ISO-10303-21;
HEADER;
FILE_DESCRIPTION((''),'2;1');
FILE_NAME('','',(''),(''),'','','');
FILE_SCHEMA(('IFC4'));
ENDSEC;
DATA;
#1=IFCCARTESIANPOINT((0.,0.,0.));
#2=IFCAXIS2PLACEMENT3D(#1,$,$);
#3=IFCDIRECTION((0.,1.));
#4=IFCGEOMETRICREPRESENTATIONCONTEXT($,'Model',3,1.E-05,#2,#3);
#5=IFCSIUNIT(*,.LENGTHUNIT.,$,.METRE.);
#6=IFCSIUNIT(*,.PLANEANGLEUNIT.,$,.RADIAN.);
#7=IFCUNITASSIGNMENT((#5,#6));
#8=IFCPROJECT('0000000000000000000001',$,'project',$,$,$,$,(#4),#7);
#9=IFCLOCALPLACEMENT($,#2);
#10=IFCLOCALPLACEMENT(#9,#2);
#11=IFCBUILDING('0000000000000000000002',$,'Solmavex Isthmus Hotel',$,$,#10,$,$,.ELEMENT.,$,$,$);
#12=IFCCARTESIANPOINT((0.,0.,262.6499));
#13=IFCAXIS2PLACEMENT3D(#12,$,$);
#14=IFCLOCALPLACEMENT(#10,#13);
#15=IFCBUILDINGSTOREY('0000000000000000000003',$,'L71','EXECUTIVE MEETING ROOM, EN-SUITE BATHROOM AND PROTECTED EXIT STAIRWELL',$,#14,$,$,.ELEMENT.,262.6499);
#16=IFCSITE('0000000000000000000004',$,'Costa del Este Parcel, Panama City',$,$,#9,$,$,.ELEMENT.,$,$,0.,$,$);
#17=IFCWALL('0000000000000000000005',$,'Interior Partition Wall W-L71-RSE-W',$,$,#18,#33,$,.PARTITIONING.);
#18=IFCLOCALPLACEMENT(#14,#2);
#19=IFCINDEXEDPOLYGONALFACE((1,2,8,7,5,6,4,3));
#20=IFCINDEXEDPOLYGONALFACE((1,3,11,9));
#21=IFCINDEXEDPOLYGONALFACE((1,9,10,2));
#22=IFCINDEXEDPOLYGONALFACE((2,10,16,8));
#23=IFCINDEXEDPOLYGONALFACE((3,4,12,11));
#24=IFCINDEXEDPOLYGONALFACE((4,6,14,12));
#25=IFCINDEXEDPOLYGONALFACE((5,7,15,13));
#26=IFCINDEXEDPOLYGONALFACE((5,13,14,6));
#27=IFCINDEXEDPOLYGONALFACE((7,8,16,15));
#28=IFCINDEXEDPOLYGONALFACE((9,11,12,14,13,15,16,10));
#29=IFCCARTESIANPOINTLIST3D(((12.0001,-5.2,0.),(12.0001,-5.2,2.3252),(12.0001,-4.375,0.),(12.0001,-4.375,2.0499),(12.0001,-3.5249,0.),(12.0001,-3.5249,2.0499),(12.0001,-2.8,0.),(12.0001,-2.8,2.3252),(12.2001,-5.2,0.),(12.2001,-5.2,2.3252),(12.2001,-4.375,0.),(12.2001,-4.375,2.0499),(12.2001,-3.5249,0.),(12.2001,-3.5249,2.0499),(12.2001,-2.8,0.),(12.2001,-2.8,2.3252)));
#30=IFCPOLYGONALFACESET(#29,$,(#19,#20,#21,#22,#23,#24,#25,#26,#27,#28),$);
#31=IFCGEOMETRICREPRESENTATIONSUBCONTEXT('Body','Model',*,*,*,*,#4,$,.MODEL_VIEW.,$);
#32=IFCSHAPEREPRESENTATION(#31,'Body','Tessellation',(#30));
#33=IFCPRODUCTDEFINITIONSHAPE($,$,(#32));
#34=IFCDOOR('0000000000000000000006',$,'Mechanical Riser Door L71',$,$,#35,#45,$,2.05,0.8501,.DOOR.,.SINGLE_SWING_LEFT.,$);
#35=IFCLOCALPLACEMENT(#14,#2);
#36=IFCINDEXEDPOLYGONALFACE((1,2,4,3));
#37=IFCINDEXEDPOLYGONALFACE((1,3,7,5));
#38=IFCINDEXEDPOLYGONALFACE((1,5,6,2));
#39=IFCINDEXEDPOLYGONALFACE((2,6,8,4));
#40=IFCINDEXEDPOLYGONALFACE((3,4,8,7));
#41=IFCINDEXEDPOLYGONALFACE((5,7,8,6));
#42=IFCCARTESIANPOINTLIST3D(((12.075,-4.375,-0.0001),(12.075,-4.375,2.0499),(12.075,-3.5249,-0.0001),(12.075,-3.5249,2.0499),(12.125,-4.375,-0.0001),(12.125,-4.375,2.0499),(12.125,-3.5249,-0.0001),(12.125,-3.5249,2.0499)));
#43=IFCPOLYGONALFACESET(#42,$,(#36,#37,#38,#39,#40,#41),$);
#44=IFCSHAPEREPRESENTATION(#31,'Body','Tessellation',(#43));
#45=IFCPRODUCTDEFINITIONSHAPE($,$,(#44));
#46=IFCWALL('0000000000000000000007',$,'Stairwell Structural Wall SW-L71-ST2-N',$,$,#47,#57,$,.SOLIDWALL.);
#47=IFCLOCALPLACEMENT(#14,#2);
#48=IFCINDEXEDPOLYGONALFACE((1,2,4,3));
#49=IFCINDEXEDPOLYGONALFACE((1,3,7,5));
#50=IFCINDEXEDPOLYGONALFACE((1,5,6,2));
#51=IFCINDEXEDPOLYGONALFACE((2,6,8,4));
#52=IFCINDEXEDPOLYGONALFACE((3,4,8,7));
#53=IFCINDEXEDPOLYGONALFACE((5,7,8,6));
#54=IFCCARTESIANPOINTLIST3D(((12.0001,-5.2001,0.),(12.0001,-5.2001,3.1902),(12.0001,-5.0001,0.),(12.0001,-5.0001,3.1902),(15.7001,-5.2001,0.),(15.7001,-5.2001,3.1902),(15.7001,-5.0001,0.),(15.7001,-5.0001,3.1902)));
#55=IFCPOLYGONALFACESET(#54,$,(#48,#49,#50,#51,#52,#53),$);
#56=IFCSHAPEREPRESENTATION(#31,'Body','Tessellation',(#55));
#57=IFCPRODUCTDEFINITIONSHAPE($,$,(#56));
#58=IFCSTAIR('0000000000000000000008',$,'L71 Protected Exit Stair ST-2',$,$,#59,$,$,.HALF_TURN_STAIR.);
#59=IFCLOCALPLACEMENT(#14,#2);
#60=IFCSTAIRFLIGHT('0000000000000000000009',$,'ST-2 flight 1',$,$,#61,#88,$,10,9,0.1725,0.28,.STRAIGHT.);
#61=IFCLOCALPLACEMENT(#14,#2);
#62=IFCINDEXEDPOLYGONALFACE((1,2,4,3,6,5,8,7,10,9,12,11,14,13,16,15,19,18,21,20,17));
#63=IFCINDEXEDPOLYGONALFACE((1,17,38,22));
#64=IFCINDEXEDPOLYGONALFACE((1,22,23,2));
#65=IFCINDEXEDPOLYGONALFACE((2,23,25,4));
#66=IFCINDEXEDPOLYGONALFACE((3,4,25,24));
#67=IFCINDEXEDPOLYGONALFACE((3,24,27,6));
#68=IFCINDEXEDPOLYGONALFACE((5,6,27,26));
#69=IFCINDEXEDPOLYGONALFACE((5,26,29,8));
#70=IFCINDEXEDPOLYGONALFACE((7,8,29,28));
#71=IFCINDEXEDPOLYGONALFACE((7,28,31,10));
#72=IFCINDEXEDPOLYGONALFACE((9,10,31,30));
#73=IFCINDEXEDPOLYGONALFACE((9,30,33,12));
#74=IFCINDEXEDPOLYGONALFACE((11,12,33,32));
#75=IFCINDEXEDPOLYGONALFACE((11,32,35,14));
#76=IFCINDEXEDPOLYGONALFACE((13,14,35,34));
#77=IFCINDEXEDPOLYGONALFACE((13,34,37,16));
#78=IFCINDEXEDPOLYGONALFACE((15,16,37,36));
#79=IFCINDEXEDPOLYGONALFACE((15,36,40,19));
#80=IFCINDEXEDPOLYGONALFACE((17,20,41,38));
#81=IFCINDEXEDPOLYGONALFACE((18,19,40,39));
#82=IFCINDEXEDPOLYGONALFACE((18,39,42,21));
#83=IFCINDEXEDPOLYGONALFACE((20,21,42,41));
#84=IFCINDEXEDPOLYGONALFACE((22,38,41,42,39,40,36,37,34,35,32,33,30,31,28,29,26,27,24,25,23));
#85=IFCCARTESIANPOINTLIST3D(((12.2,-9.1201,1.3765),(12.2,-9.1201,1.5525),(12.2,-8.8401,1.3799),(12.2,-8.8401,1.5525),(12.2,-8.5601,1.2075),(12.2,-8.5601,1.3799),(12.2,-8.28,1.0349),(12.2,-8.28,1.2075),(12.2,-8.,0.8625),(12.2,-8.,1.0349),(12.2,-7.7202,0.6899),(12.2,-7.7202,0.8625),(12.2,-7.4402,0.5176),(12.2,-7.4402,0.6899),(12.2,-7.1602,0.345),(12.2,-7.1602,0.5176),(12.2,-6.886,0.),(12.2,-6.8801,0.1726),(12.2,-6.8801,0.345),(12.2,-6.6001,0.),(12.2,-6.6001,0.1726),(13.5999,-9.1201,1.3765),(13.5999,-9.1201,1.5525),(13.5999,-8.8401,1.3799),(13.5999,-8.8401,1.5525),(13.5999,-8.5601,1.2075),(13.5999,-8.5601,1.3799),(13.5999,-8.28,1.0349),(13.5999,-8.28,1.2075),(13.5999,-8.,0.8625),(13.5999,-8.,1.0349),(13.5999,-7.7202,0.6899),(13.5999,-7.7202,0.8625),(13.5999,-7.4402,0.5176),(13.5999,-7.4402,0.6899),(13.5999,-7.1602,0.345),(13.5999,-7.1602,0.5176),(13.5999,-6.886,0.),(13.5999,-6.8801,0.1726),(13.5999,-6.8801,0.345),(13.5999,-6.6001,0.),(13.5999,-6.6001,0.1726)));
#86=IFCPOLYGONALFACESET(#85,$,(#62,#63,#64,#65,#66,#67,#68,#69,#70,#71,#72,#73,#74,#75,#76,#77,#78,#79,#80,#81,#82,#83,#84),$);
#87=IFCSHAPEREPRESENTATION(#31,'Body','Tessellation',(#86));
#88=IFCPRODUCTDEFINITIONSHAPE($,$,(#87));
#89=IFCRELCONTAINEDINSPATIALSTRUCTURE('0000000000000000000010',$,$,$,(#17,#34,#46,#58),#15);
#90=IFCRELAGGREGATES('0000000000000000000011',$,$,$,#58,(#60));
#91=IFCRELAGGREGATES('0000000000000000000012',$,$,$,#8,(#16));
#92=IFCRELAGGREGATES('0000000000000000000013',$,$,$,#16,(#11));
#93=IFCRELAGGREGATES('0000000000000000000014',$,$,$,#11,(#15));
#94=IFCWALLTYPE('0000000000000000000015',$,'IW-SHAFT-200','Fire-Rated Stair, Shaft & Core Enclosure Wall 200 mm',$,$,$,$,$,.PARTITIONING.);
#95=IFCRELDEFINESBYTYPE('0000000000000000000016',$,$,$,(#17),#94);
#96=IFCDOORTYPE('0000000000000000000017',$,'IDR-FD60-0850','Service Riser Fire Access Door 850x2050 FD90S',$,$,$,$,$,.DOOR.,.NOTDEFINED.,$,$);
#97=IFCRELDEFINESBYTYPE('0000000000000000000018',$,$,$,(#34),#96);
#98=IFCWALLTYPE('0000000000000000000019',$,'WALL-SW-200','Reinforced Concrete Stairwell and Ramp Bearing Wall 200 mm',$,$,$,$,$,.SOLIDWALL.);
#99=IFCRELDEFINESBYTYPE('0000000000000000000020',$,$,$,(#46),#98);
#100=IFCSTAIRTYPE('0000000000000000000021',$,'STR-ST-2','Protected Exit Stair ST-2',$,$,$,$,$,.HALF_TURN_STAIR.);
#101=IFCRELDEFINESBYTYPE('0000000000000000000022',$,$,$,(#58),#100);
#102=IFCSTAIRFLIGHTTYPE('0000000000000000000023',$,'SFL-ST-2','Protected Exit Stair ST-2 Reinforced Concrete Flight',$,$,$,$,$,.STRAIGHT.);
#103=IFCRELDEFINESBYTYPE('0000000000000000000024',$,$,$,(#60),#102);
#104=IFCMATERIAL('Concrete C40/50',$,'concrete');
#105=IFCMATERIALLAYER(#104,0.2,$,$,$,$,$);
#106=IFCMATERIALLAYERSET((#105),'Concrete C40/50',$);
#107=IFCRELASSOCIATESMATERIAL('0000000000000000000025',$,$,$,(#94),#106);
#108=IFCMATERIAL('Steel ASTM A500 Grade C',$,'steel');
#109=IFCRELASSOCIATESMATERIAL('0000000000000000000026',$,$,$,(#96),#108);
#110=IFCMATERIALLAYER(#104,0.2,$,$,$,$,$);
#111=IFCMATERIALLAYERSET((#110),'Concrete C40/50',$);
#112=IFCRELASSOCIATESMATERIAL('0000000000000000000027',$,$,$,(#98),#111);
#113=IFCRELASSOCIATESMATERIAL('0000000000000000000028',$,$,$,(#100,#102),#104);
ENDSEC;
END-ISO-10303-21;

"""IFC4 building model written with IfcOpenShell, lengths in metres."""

from ifc_helpers import new_model, si_unit, direction, frame, frame_2d, origin, place, context, subcontext, project, spatial, polyline, rectangle, outline, extrude, material, layer, layer_set, type_object, element, fill, aggregate, save


model = new_model("IFC4")

# Units and contexts
model_context = context("Model", 3, precision=1e-05, world=origin(), true_north=direction((0.0, 1.0)))
body_context = subcontext(model_context, "Body", "Model", "MODEL_VIEW")
ifc_project = project(units=[si_unit("LENGTHUNIT", "METRE"), si_unit("PLANEANGLEUNIT", "RADIAN")], contexts=[model_context])

# Site, building, storey
site_placement = place(None, origin())
site = spatial("IfcSite", under=ifc_project, at=site_placement, Name="Costa del Este Parcel, Panama City", CompositionType="ELEMENT", RefElevation=0.0)
building_placement = place(site_placement, origin())
building = spatial("IfcBuilding", under=site, at=building_placement, Name="Solmavex Isthmus Hotel", CompositionType="ELEMENT")
storey_placement = place(building_placement, frame((0.0, 0.0, 262.6499)))
storey = spatial("IfcBuildingStorey", under=building, at=storey_placement, Name="L71", Description="EXECUTIVE MEETING ROOM, EN-SUITE BATHROOM AND PROTECTED EXIT STAIRWELL", CompositionType="ELEMENT", Elevation=262.6499)

# Wall, opening, door
ifc_material_1 = material(Name="Concrete C40/50", Category="concrete")
ifc_layer_1 = layer(ifc_material_1, 0.2)
ifc_layer_set_1 = layer_set([ifc_layer_1], Name="Concrete C40/50")
wall_type_1 = type_object("IfcWallType", Name="IW-SHAFT-200", Description="Fire-Rated Stair, Shaft & Core Enclosure Wall 200 mm", PredefinedType="PARTITIONING", material=ifc_layer_set_1)
wall_1_placement = place(storey_placement, frame((12.1001, -5.2, 0.0), z_axis=(0.0, 0.0, 1.0), x_axis=(0.0, 1.0, 0.0)))
wall_1 = element("IfcWall", 1, at=wall_1_placement, inside=storey, type_object=wall_type_1, Name="Interior Partition Wall W-L71-RSE-W", PredefinedType="PARTITIONING", context=body_context, shape_type="SweptSolid", body=[
    extrude(rectangle(XDim=2.3999, YDim=0.2, at=frame_2d((1.2, 0.0))), origin(), (0.0, 0.0, 1.0), 2.3252),
])
opening_placement = place(wall_1_placement, frame((0.825, 0.0, 0.0)))
opening = element("IfcOpeningElement", 2, at=opening_placement, cuts=wall_1, PredefinedType="OPENING", context=body_context, shape_type="SweptSolid", body=[
    extrude(rectangle(XDim=0.8501, YDim=2.05, at=frame_2d((0.425, 1.0249))), frame((0.0, 0.1099, 0.0), z_axis=(0.0, -1.0, 0.0), x_axis=(1.0, 0.0, 0.0)), (0.0, 0.0, 1.0), 0.22),
])
ifc_material_2 = material(Name="Steel ASTM A500 Grade C", Category="steel")
door_type = type_object("IfcDoorType", Name="IDR-FD60-0850", Description="Service Riser Fire Access Door 850x2050 FD90S", OperationType="NOTDEFINED", PredefinedType="DOOR", material=ifc_material_2)
door_placement = place(opening_placement, frame((0.8501, 0.0, 0.0), z_axis=(0.0, 0.0, 1.0), x_axis=(-1.0, 0.0, 0.0)))
door = element("IfcDoor", 3, at=door_placement, inside=storey, type_object=door_type, Name="Mechanical Riser Door L71", OperationType="SINGLE_SWING_LEFT", OverallHeight=2.05, OverallWidth=0.8501, PredefinedType="DOOR", context=body_context, shape_type="SweptSolid", body=[
    extrude(rectangle(XDim=0.8501, YDim=2.05, at=frame_2d((0.425, 1.0249))), frame((0.0, 0.0249, 0.0), z_axis=(0.0, -1.0, 0.0), x_axis=(1.0, 0.0, 0.0)), (0.0, 0.0, 1.0), 0.05),
])
fill(opening, door)

# Wall
ifc_layer_2 = layer(ifc_material_1, 0.2)
ifc_layer_set_2 = layer_set([ifc_layer_2], Name="Concrete C40/50")
wall_type_2 = type_object("IfcWallType", Name="WALL-SW-200", Description="Reinforced Concrete Stairwell and Ramp Bearing Wall 200 mm", PredefinedType="SOLIDWALL", material=ifc_layer_set_2)
wall_2_placement = place(storey_placement, frame((12.0, -5.1001, 0.0), z_axis=(0.0, 0.0, 1.0), x_axis=(1.0, 0.0, 0.0)))
element("IfcWall", 4, at=wall_2_placement, inside=storey, type_object=wall_type_2, Name="Stairwell Structural Wall SW-L71-ST2-N", PredefinedType="SOLIDWALL", context=body_context, shape_type="SweptSolid", body=[
    extrude(rectangle(XDim=3.7, YDim=0.2, at=frame_2d((1.8501, 0.0))), origin(), (0.0, 0.0, 1.0), 3.1902),
])

# Stair, stair flight
stair_type = type_object("IfcStairType", Name="STR-ST-2", Description="Protected Exit Stair ST-2", PredefinedType="HALF_TURN_STAIR", material=ifc_material_1)
stair_placement = place(storey_placement, origin())
stair = element("IfcStair", 5, at=stair_placement, inside=storey, type_object=stair_type, Name="L71 Protected Exit Stair ST-2", PredefinedType="HALF_TURN_STAIR")
stair_flight_type = type_object("IfcStairFlightType", Name="SFL-ST-2", Description="Protected Exit Stair ST-2 Reinforced Concrete Flight", PredefinedType="STRAIGHT", material=ifc_material_1)
stair_flight_placement = place(storey_placement, frame((12.8999, -6.6001, 0.0), z_axis=(0.0, 0.0, 1.0), x_axis=(0.0, -1.0, 0.0)))
stair_flight = element("IfcStairFlight", 6, at=stair_flight_placement, type_object=stair_flight_type, Name="ST-2 flight 1", NumberOfRisers=10, NumberOfTreads=9, PredefinedType="STRAIGHT", RiserHeight=0.1725, TreadLength=0.28, context=body_context, shape_type="SweptSolid", body=[
    extrude(outline(polyline([(0.0, 0.0), (0.0, 0.1726), (0.28, 0.1726), (0.28, 0.345), (0.5601, 0.345), (0.5601, 0.5176), (0.8401, 0.5176), (0.8401, 0.6899), (1.1201, 0.6899), (1.1201, 0.8625), (1.3999, 0.8625), (1.3999, 1.0349), (1.6799, 1.0349), (1.6799, 1.2075), (1.96, 1.2075), (1.96, 1.3799), (2.24, 1.3799), (2.24, 1.5525), (2.52, 1.5525), (2.52, 1.7251), (2.52, 1.3765), (0.2859, 0.0), (0.0, 0.0)])), frame((0.0, 0.7, 0.0), z_axis=(0.0, -1.0, 0.0), x_axis=(1.0, 0.0, 0.0)), (0.0, 0.0, 1.0), 1.3999),
])
aggregate(stair, [stair_flight])

save(model, "model.ifc")
